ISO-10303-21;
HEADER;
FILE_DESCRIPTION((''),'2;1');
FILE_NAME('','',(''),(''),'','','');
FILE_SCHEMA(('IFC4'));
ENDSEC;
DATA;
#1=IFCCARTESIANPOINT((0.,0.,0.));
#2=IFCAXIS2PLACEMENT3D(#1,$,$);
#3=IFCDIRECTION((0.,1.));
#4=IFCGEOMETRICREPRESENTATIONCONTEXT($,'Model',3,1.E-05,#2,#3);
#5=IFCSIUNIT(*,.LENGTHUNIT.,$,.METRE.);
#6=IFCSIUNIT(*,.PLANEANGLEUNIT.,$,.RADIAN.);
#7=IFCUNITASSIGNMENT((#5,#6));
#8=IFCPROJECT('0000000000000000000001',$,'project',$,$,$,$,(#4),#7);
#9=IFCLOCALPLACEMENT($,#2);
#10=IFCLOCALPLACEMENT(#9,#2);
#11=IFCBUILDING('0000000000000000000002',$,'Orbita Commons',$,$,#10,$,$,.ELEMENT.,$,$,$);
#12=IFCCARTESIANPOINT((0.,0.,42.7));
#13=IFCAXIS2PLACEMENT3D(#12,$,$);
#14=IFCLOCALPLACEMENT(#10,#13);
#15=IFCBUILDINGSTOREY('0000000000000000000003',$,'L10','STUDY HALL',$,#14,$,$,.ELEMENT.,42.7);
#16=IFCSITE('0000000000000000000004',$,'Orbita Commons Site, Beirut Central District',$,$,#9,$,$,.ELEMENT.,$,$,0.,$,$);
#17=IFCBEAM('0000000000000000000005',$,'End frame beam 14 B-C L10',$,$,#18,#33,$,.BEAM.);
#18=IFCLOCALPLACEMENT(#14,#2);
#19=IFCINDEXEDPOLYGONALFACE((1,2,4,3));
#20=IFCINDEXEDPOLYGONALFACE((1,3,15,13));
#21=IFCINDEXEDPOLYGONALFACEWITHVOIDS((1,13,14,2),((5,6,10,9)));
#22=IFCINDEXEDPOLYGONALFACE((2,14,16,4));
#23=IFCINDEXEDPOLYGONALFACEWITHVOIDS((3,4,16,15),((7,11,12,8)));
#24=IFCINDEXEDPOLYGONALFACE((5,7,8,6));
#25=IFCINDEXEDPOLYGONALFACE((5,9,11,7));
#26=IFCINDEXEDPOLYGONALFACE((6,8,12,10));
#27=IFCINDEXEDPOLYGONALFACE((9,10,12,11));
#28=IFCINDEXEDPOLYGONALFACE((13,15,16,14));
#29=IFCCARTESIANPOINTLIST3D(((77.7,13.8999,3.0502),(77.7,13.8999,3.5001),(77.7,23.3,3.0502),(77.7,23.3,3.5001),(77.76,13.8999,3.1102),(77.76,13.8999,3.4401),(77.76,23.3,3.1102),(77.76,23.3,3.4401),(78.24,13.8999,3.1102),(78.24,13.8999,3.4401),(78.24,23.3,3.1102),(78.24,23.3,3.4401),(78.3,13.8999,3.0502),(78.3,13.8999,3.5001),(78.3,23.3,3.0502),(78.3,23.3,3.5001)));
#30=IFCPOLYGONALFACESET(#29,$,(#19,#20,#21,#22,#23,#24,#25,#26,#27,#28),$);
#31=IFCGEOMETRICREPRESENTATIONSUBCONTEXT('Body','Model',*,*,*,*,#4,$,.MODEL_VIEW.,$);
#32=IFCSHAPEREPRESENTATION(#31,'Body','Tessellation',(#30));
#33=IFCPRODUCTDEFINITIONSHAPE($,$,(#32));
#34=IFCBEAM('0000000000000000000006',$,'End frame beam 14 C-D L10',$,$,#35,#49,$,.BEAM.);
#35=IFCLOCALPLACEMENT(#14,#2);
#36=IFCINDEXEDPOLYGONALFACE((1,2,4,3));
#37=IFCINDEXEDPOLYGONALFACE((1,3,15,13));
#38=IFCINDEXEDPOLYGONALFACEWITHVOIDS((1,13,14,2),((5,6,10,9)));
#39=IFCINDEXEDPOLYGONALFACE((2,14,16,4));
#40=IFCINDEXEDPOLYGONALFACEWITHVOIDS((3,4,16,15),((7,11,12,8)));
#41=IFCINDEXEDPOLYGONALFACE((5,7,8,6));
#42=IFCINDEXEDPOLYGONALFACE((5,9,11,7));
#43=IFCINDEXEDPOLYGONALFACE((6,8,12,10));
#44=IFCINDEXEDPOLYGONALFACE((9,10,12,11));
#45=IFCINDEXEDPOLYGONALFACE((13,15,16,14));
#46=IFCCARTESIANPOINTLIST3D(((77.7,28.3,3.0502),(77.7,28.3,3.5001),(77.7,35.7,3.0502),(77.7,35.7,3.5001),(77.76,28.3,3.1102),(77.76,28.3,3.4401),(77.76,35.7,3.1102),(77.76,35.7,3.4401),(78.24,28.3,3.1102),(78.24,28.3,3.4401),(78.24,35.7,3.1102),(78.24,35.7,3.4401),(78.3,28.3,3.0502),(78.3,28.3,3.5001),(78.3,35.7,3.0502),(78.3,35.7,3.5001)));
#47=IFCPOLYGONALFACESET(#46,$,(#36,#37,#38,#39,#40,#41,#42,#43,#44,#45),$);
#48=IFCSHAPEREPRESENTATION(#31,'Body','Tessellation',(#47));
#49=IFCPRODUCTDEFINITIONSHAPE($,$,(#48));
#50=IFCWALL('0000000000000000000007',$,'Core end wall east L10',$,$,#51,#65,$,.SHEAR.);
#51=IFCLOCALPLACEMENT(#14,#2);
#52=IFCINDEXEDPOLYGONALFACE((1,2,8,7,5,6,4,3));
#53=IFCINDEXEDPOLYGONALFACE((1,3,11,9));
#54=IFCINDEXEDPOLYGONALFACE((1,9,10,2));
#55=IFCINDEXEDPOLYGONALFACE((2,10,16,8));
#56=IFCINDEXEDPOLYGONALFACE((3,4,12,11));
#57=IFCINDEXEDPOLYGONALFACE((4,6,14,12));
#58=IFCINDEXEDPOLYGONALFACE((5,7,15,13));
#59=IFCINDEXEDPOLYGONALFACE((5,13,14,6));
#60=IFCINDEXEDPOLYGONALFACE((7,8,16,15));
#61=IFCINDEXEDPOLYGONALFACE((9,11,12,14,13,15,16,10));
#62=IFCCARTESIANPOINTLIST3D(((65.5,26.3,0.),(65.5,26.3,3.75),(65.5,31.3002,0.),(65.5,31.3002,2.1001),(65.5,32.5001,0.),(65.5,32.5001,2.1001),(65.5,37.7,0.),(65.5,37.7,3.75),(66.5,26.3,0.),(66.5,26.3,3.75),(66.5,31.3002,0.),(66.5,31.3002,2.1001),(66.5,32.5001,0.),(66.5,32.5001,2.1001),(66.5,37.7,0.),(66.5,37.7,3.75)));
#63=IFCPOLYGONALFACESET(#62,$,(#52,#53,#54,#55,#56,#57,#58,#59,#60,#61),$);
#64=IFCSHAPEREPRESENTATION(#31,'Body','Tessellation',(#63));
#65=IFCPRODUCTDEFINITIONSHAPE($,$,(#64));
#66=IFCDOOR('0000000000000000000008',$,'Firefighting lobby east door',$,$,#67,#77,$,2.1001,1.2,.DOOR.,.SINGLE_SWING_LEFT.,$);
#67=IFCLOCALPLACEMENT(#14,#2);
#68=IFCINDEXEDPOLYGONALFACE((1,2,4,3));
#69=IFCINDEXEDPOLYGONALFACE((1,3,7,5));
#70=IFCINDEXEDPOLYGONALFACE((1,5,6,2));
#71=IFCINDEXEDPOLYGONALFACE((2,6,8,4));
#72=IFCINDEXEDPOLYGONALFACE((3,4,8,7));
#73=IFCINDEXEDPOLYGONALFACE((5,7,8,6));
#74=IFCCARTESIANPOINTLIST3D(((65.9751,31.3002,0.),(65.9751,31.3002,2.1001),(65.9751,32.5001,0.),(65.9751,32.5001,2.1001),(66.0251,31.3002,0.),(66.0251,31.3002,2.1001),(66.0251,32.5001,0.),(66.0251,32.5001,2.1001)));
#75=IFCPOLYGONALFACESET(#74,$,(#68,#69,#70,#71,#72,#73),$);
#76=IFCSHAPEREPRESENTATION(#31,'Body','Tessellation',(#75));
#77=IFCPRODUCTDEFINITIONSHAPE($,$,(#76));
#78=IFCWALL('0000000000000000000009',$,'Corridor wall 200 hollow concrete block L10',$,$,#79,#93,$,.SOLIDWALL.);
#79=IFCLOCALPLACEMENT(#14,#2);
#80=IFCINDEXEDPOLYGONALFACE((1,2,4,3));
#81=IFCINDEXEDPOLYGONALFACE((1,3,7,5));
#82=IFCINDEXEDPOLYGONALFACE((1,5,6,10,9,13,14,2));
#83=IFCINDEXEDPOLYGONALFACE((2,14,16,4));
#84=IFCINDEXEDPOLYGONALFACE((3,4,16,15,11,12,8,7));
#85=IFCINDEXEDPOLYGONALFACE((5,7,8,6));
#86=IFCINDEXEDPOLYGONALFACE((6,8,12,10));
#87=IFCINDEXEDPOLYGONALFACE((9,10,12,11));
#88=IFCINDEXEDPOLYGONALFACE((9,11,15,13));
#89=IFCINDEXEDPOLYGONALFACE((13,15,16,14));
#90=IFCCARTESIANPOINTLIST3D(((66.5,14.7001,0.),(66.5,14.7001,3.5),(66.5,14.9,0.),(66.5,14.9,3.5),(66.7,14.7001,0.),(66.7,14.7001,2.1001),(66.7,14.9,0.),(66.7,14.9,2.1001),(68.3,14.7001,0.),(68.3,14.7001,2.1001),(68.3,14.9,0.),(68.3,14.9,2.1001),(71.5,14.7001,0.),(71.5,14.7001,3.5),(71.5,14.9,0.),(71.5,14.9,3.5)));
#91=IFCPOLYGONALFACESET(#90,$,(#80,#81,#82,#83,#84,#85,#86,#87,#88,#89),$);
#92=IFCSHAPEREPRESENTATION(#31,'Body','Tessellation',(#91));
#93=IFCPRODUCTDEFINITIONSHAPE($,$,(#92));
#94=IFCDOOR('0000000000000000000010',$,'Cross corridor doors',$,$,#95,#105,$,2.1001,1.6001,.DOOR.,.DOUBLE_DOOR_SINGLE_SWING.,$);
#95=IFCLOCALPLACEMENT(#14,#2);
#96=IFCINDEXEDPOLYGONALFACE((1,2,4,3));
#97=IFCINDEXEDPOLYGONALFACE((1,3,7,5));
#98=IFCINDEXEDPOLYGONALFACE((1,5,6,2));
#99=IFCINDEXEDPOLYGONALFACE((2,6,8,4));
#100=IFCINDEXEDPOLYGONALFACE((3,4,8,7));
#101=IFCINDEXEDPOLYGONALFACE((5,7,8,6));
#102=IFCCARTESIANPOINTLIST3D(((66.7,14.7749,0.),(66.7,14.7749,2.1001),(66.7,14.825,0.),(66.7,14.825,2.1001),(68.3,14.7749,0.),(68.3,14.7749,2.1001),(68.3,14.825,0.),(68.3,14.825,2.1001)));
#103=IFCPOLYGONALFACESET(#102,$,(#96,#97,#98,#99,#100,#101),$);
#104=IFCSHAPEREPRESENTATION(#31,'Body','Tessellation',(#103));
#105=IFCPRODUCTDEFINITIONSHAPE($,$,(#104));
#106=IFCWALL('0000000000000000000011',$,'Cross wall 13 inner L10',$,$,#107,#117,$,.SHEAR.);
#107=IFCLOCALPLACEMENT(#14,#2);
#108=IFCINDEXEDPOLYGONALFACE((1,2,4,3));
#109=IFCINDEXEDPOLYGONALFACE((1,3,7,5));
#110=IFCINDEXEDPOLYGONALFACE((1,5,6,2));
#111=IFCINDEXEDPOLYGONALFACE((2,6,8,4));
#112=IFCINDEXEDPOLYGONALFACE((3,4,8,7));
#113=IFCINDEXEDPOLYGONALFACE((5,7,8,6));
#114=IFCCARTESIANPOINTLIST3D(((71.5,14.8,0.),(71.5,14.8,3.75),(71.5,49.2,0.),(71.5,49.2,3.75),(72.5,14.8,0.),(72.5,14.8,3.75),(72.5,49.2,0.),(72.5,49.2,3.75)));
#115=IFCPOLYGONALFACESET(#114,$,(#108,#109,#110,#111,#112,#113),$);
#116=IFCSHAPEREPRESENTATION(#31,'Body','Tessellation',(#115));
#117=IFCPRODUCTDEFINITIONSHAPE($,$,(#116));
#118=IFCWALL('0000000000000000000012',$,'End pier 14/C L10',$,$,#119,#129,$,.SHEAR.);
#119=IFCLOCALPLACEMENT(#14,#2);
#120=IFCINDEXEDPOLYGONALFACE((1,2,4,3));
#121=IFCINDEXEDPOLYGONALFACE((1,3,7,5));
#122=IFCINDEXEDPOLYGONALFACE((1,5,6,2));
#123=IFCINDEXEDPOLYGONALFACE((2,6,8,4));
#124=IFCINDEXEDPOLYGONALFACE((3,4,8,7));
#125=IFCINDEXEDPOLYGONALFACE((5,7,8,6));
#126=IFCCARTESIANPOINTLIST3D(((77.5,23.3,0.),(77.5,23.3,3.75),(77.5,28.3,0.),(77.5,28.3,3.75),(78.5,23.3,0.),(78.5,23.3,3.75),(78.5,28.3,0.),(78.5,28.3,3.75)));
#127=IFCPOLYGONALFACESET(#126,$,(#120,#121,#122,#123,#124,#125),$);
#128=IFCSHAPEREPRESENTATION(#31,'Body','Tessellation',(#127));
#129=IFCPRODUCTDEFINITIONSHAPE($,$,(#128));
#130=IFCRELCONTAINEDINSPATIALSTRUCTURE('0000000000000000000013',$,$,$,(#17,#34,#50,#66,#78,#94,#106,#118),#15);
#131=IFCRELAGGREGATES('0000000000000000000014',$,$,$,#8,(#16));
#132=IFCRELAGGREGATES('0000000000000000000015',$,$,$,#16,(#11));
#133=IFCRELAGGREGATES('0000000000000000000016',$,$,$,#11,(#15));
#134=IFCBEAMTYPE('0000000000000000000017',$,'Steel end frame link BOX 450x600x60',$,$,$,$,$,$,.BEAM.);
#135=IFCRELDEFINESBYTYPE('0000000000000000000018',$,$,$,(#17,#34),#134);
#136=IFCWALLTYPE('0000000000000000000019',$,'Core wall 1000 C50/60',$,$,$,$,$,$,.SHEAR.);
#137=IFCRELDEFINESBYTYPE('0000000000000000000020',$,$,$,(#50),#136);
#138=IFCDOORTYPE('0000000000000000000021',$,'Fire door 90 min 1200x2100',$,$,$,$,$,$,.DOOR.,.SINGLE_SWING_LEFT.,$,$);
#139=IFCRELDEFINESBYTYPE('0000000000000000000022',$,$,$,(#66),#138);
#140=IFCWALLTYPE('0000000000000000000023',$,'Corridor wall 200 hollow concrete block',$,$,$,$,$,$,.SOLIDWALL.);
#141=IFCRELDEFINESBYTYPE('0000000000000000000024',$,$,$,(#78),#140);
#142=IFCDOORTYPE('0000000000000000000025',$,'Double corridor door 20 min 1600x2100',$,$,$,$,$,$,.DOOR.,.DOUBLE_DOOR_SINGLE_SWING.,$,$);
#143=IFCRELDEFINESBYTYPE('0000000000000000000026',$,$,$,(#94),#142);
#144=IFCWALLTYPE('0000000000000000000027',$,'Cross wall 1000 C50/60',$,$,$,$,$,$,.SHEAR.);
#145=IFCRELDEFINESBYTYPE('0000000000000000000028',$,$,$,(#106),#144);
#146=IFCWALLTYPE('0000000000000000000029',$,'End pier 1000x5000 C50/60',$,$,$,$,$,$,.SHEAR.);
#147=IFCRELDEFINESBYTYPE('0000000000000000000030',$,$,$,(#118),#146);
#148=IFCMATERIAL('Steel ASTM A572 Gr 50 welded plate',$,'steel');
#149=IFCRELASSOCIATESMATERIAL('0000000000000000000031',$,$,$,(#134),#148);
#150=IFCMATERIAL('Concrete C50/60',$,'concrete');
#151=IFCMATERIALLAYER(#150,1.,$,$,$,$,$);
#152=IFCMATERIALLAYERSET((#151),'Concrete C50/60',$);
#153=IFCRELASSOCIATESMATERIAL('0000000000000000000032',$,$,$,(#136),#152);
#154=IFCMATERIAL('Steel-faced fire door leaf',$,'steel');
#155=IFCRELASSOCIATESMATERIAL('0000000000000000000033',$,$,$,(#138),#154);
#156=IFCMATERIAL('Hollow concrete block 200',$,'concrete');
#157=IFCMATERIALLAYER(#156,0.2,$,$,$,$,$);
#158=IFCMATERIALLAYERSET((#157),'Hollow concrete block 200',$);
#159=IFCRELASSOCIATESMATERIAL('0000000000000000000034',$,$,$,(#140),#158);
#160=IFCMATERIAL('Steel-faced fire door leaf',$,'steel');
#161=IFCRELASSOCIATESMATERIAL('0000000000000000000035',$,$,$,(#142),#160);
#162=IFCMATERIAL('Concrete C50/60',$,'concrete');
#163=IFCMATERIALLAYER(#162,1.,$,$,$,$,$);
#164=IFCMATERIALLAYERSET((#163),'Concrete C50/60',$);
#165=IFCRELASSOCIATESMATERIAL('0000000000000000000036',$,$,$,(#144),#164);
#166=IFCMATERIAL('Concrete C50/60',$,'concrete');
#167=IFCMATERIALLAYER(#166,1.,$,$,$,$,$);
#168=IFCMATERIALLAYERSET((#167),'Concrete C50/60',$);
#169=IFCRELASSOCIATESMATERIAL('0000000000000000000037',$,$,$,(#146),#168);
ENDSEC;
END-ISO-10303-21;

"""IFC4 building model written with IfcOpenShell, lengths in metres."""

from ifc_helpers import new_model, si_unit, direction, frame, frame_2d, origin, origin_2d, place, context, subcontext, project, spatial, rectangle, hollow_rectangle, extrude, material, layer, layer_set, material_profile, profile_set, type_object, element, fill, save


model = new_model("IFC4")

# Units and contexts
model_context = context("Model", 3, precision=1e-05, world=origin(), true_north=direction((0.0, 1.0)))
body_context = subcontext(model_context, "Body", "Model", "MODEL_VIEW")
ifc_project = project(units=[si_unit("LENGTHUNIT", "METRE"), si_unit("PLANEANGLEUNIT", "RADIAN")], contexts=[model_context])

# Site, building, storey
site_placement = place(None, origin())
site = spatial("IfcSite", under=ifc_project, at=site_placement, Name="Orbita Commons Site, Beirut Central District", CompositionType="ELEMENT", RefElevation=0.0)
building_placement = place(site_placement, origin())
building = spatial("IfcBuilding", under=site, at=building_placement, Name="Orbita Commons", CompositionType="ELEMENT")
storey_placement = place(building_placement, frame((0.0, 0.0, 42.7)))
storey = spatial("IfcBuildingStorey", under=building, at=storey_placement, Name="L10", Description="STUDY HALL", CompositionType="ELEMENT", Elevation=42.7)

# Beams
ifc_material_1 = material(Name="Steel ASTM A572 Gr 50 welded plate", Category="steel")
ifc_material_profile = material_profile(ifc_material_1, hollow_rectangle(XDim=0.6001, YDim=0.45, WallThickness=0.0601, at=origin_2d()), Name="BOX 450x600x60")
ifc_profile_set = profile_set([ifc_material_profile], Name="Steel ASTM A572 Gr 50 welded plate")
beam_type = type_object("IfcBeamType", Name="Steel end frame link BOX 450x600x60", PredefinedType="BEAM", material=ifc_profile_set)
beam_1_placement = place(storey_placement, frame((78.0, 13.8999, 3.2751), z_axis=(0.0, 1.0, 0.0), x_axis=(-1.0, 0.0, 0.0)))
element("IfcBeam", 1, at=beam_1_placement, inside=storey, type_object=beam_type, Name="End frame beam 14 B-C L10", PredefinedType="BEAM", context=body_context, shape_type="SweptSolid", body=[
    extrude(hollow_rectangle(XDim=0.6001, YDim=0.45, WallThickness=0.0601, at=origin_2d()), origin(), (0.0, 0.0, 1.0), 9.4001),
])
beam_2_placement = place(storey_placement, frame((78.0, 28.3, 3.2751), z_axis=(0.0, 1.0, 0.0), x_axis=(-1.0, 0.0, 0.0)))
element("IfcBeam", 2, at=beam_2_placement, inside=storey, type_object=beam_type, Name="End frame beam 14 C-D L10", PredefinedType="BEAM", context=body_context, shape_type="SweptSolid", body=[
    extrude(hollow_rectangle(XDim=0.6001, YDim=0.45, WallThickness=0.0601, at=origin_2d()), origin(), (0.0, 0.0, 1.0), 7.3999),
])

# Walls, openings, doors
ifc_material_2 = material(Name="Concrete C50/60", Category="concrete")
ifc_layer_1 = layer(ifc_material_2, 1.0)
ifc_layer_set_1 = layer_set([ifc_layer_1], Name="Concrete C50/60")
wall_type_1 = type_object("IfcWallType", Name="Core wall 1000 C50/60", PredefinedType="SHEAR", material=ifc_layer_set_1)
wall_1_placement = place(storey_placement, frame((66.0, 26.3, 0.0), z_axis=(0.0, 0.0, 1.0), x_axis=(0.0, 1.0, 0.0)))
wall_1 = element("IfcWall", 3, at=wall_1_placement, inside=storey, type_object=wall_type_1, Name="Core end wall east L10", PredefinedType="SHEAR", context=body_context, shape_type="SweptSolid", body=[
    extrude(rectangle(XDim=11.3999, YDim=1.0, at=frame_2d((5.7, 0.0))), origin(), (0.0, 0.0, 1.0), 3.75),
])
opening_1_placement = place(wall_1_placement, frame((5.0, 0.0, 0.0)))
opening_1 = element("IfcOpeningElement", 4, at=opening_1_placement, cuts=wall_1, PredefinedType="OPENING", context=body_context, shape_type="SweptSolid", body=[
    extrude(rectangle(XDim=1.2, YDim=2.1001, at=frame_2d((0.6001, 1.05))), frame((0.0, 0.51, 0.0), z_axis=(0.0, -1.0, 0.0), x_axis=(1.0, 0.0, 0.0)), (0.0, 0.0, 1.0), 1.02),
])
ifc_material_3 = material(Name="Steel-faced fire door leaf", Category="steel")
door_type_1 = type_object("IfcDoorType", Name="Fire door 90 min 1200x2100", OperationType="SINGLE_SWING_LEFT", PredefinedType="DOOR", material=ifc_material_3)
door_1_placement = place(opening_1_placement, origin())
door_1 = element("IfcDoor", 5, at=door_1_placement, inside=storey, type_object=door_type_1, Name="Firefighting lobby east door", OperationType="SINGLE_SWING_LEFT", OverallHeight=2.1001, OverallWidth=1.2, PredefinedType="DOOR", context=body_context, shape_type="SweptSolid", body=[
    extrude(rectangle(XDim=1.2, YDim=2.1001, at=frame_2d((0.6001, 1.05))), frame((0.0, 0.0249, 0.0), z_axis=(0.0, -1.0, 0.0), x_axis=(1.0, 0.0, 0.0)), (0.0, 0.0, 1.0), 0.05),
])
fill(opening_1, door_1)
ifc_material_4 = material(Name="Hollow concrete block 200", Category="concrete")
ifc_layer_2 = layer(ifc_material_4, 0.2)
ifc_layer_set_2 = layer_set([ifc_layer_2], Name="Hollow concrete block 200")
wall_type_2 = type_object("IfcWallType", Name="Corridor wall 200 hollow concrete block", PredefinedType="SOLIDWALL", material=ifc_layer_set_2)
wall_2_placement = place(storey_placement, frame((66.5, 14.8, 0.0), z_axis=(0.0, 0.0, 1.0), x_axis=(1.0, 0.0, 0.0)))
wall_2 = element("IfcWall", 6, at=wall_2_placement, inside=storey, type_object=wall_type_2, Name="Corridor wall 200 hollow concrete block L10", PredefinedType="SOLIDWALL", context=body_context, shape_type="SweptSolid", body=[
    extrude(rectangle(XDim=5.0, YDim=0.2, at=frame_2d((2.5, 0.0))), origin(), (0.0, 0.0, 1.0), 3.5),
])
opening_2_placement = place(wall_2_placement, frame((0.2, 0.0, 0.0)))
opening_2 = element("IfcOpeningElement", 7, at=opening_2_placement, cuts=wall_2, PredefinedType="OPENING", context=body_context, shape_type="SweptSolid", body=[
    extrude(rectangle(XDim=1.6001, YDim=2.1001, at=frame_2d((0.8, 1.05))), frame((0.0, 0.1099, 0.0), z_axis=(0.0, -1.0, 0.0), x_axis=(1.0, 0.0, 0.0)), (0.0, 0.0, 1.0), 0.22),
])
ifc_material_5 = material(Name="Steel-faced fire door leaf", Category="steel")
door_type_2 = type_object("IfcDoorType", Name="Double corridor door 20 min 1600x2100", OperationType="DOUBLE_DOOR_SINGLE_SWING", PredefinedType="DOOR", material=ifc_material_5)
door_2_placement = place(opening_2_placement, origin())
door_2 = element("IfcDoor", 8, at=door_2_placement, inside=storey, type_object=door_type_2, Name="Cross corridor doors", OperationType="DOUBLE_DOOR_SINGLE_SWING", OverallHeight=2.1001, OverallWidth=1.6001, PredefinedType="DOOR", context=body_context, shape_type="SweptSolid", body=[
    extrude(rectangle(XDim=1.6001, YDim=2.1001, at=frame_2d((0.8, 1.05))), frame((0.0, 0.0249, 0.0), z_axis=(0.0, -1.0, 0.0), x_axis=(1.0, 0.0, 0.0)), (0.0, 0.0, 1.0), 0.05),
])
fill(opening_2, door_2)

# Walls
ifc_material_6 = material(Name="Concrete C50/60", Category="concrete")
ifc_layer_3 = layer(ifc_material_6, 1.0)
ifc_layer_set_3 = layer_set([ifc_layer_3], Name="Concrete C50/60")
wall_type_3 = type_object("IfcWallType", Name="Cross wall 1000 C50/60", PredefinedType="SHEAR", material=ifc_layer_set_3)
wall_3_placement = place(storey_placement, frame((72.0, 14.8, 0.0), z_axis=(0.0, 0.0, 1.0), x_axis=(0.0, 1.0, 0.0)))
element("IfcWall", 9, at=wall_3_placement, inside=storey, type_object=wall_type_3, Name="Cross wall 13 inner L10", PredefinedType="SHEAR", context=body_context, shape_type="SweptSolid", body=[
    extrude(rectangle(XDim=34.3999, YDim=1.0, at=frame_2d((17.2, 0.0))), origin(), (0.0, 0.0, 1.0), 3.75),
])
ifc_material_7 = material(Name="Concrete C50/60", Category="concrete")
ifc_layer_4 = layer(ifc_material_7, 1.0)
ifc_layer_set_4 = layer_set([ifc_layer_4], Name="Concrete C50/60")
wall_type_4 = type_object("IfcWallType", Name="End pier 1000x5000 C50/60", PredefinedType="SHEAR", material=ifc_layer_set_4)
wall_4_placement = place(storey_placement, frame((78.0, 23.3, 0.0), z_axis=(0.0, 0.0, 1.0), x_axis=(0.0, 1.0, 0.0)))
element("IfcWall", 10, at=wall_4_placement, inside=storey, type_object=wall_type_4, Name="End pier 14/C L10", PredefinedType="SHEAR", context=body_context, shape_type="SweptSolid", body=[
    extrude(rectangle(XDim=5.0, YDim=1.0, at=frame_2d((2.5, 0.0))), origin(), (0.0, 0.0, 1.0), 3.75),
])

save(model, "model.ifc")
